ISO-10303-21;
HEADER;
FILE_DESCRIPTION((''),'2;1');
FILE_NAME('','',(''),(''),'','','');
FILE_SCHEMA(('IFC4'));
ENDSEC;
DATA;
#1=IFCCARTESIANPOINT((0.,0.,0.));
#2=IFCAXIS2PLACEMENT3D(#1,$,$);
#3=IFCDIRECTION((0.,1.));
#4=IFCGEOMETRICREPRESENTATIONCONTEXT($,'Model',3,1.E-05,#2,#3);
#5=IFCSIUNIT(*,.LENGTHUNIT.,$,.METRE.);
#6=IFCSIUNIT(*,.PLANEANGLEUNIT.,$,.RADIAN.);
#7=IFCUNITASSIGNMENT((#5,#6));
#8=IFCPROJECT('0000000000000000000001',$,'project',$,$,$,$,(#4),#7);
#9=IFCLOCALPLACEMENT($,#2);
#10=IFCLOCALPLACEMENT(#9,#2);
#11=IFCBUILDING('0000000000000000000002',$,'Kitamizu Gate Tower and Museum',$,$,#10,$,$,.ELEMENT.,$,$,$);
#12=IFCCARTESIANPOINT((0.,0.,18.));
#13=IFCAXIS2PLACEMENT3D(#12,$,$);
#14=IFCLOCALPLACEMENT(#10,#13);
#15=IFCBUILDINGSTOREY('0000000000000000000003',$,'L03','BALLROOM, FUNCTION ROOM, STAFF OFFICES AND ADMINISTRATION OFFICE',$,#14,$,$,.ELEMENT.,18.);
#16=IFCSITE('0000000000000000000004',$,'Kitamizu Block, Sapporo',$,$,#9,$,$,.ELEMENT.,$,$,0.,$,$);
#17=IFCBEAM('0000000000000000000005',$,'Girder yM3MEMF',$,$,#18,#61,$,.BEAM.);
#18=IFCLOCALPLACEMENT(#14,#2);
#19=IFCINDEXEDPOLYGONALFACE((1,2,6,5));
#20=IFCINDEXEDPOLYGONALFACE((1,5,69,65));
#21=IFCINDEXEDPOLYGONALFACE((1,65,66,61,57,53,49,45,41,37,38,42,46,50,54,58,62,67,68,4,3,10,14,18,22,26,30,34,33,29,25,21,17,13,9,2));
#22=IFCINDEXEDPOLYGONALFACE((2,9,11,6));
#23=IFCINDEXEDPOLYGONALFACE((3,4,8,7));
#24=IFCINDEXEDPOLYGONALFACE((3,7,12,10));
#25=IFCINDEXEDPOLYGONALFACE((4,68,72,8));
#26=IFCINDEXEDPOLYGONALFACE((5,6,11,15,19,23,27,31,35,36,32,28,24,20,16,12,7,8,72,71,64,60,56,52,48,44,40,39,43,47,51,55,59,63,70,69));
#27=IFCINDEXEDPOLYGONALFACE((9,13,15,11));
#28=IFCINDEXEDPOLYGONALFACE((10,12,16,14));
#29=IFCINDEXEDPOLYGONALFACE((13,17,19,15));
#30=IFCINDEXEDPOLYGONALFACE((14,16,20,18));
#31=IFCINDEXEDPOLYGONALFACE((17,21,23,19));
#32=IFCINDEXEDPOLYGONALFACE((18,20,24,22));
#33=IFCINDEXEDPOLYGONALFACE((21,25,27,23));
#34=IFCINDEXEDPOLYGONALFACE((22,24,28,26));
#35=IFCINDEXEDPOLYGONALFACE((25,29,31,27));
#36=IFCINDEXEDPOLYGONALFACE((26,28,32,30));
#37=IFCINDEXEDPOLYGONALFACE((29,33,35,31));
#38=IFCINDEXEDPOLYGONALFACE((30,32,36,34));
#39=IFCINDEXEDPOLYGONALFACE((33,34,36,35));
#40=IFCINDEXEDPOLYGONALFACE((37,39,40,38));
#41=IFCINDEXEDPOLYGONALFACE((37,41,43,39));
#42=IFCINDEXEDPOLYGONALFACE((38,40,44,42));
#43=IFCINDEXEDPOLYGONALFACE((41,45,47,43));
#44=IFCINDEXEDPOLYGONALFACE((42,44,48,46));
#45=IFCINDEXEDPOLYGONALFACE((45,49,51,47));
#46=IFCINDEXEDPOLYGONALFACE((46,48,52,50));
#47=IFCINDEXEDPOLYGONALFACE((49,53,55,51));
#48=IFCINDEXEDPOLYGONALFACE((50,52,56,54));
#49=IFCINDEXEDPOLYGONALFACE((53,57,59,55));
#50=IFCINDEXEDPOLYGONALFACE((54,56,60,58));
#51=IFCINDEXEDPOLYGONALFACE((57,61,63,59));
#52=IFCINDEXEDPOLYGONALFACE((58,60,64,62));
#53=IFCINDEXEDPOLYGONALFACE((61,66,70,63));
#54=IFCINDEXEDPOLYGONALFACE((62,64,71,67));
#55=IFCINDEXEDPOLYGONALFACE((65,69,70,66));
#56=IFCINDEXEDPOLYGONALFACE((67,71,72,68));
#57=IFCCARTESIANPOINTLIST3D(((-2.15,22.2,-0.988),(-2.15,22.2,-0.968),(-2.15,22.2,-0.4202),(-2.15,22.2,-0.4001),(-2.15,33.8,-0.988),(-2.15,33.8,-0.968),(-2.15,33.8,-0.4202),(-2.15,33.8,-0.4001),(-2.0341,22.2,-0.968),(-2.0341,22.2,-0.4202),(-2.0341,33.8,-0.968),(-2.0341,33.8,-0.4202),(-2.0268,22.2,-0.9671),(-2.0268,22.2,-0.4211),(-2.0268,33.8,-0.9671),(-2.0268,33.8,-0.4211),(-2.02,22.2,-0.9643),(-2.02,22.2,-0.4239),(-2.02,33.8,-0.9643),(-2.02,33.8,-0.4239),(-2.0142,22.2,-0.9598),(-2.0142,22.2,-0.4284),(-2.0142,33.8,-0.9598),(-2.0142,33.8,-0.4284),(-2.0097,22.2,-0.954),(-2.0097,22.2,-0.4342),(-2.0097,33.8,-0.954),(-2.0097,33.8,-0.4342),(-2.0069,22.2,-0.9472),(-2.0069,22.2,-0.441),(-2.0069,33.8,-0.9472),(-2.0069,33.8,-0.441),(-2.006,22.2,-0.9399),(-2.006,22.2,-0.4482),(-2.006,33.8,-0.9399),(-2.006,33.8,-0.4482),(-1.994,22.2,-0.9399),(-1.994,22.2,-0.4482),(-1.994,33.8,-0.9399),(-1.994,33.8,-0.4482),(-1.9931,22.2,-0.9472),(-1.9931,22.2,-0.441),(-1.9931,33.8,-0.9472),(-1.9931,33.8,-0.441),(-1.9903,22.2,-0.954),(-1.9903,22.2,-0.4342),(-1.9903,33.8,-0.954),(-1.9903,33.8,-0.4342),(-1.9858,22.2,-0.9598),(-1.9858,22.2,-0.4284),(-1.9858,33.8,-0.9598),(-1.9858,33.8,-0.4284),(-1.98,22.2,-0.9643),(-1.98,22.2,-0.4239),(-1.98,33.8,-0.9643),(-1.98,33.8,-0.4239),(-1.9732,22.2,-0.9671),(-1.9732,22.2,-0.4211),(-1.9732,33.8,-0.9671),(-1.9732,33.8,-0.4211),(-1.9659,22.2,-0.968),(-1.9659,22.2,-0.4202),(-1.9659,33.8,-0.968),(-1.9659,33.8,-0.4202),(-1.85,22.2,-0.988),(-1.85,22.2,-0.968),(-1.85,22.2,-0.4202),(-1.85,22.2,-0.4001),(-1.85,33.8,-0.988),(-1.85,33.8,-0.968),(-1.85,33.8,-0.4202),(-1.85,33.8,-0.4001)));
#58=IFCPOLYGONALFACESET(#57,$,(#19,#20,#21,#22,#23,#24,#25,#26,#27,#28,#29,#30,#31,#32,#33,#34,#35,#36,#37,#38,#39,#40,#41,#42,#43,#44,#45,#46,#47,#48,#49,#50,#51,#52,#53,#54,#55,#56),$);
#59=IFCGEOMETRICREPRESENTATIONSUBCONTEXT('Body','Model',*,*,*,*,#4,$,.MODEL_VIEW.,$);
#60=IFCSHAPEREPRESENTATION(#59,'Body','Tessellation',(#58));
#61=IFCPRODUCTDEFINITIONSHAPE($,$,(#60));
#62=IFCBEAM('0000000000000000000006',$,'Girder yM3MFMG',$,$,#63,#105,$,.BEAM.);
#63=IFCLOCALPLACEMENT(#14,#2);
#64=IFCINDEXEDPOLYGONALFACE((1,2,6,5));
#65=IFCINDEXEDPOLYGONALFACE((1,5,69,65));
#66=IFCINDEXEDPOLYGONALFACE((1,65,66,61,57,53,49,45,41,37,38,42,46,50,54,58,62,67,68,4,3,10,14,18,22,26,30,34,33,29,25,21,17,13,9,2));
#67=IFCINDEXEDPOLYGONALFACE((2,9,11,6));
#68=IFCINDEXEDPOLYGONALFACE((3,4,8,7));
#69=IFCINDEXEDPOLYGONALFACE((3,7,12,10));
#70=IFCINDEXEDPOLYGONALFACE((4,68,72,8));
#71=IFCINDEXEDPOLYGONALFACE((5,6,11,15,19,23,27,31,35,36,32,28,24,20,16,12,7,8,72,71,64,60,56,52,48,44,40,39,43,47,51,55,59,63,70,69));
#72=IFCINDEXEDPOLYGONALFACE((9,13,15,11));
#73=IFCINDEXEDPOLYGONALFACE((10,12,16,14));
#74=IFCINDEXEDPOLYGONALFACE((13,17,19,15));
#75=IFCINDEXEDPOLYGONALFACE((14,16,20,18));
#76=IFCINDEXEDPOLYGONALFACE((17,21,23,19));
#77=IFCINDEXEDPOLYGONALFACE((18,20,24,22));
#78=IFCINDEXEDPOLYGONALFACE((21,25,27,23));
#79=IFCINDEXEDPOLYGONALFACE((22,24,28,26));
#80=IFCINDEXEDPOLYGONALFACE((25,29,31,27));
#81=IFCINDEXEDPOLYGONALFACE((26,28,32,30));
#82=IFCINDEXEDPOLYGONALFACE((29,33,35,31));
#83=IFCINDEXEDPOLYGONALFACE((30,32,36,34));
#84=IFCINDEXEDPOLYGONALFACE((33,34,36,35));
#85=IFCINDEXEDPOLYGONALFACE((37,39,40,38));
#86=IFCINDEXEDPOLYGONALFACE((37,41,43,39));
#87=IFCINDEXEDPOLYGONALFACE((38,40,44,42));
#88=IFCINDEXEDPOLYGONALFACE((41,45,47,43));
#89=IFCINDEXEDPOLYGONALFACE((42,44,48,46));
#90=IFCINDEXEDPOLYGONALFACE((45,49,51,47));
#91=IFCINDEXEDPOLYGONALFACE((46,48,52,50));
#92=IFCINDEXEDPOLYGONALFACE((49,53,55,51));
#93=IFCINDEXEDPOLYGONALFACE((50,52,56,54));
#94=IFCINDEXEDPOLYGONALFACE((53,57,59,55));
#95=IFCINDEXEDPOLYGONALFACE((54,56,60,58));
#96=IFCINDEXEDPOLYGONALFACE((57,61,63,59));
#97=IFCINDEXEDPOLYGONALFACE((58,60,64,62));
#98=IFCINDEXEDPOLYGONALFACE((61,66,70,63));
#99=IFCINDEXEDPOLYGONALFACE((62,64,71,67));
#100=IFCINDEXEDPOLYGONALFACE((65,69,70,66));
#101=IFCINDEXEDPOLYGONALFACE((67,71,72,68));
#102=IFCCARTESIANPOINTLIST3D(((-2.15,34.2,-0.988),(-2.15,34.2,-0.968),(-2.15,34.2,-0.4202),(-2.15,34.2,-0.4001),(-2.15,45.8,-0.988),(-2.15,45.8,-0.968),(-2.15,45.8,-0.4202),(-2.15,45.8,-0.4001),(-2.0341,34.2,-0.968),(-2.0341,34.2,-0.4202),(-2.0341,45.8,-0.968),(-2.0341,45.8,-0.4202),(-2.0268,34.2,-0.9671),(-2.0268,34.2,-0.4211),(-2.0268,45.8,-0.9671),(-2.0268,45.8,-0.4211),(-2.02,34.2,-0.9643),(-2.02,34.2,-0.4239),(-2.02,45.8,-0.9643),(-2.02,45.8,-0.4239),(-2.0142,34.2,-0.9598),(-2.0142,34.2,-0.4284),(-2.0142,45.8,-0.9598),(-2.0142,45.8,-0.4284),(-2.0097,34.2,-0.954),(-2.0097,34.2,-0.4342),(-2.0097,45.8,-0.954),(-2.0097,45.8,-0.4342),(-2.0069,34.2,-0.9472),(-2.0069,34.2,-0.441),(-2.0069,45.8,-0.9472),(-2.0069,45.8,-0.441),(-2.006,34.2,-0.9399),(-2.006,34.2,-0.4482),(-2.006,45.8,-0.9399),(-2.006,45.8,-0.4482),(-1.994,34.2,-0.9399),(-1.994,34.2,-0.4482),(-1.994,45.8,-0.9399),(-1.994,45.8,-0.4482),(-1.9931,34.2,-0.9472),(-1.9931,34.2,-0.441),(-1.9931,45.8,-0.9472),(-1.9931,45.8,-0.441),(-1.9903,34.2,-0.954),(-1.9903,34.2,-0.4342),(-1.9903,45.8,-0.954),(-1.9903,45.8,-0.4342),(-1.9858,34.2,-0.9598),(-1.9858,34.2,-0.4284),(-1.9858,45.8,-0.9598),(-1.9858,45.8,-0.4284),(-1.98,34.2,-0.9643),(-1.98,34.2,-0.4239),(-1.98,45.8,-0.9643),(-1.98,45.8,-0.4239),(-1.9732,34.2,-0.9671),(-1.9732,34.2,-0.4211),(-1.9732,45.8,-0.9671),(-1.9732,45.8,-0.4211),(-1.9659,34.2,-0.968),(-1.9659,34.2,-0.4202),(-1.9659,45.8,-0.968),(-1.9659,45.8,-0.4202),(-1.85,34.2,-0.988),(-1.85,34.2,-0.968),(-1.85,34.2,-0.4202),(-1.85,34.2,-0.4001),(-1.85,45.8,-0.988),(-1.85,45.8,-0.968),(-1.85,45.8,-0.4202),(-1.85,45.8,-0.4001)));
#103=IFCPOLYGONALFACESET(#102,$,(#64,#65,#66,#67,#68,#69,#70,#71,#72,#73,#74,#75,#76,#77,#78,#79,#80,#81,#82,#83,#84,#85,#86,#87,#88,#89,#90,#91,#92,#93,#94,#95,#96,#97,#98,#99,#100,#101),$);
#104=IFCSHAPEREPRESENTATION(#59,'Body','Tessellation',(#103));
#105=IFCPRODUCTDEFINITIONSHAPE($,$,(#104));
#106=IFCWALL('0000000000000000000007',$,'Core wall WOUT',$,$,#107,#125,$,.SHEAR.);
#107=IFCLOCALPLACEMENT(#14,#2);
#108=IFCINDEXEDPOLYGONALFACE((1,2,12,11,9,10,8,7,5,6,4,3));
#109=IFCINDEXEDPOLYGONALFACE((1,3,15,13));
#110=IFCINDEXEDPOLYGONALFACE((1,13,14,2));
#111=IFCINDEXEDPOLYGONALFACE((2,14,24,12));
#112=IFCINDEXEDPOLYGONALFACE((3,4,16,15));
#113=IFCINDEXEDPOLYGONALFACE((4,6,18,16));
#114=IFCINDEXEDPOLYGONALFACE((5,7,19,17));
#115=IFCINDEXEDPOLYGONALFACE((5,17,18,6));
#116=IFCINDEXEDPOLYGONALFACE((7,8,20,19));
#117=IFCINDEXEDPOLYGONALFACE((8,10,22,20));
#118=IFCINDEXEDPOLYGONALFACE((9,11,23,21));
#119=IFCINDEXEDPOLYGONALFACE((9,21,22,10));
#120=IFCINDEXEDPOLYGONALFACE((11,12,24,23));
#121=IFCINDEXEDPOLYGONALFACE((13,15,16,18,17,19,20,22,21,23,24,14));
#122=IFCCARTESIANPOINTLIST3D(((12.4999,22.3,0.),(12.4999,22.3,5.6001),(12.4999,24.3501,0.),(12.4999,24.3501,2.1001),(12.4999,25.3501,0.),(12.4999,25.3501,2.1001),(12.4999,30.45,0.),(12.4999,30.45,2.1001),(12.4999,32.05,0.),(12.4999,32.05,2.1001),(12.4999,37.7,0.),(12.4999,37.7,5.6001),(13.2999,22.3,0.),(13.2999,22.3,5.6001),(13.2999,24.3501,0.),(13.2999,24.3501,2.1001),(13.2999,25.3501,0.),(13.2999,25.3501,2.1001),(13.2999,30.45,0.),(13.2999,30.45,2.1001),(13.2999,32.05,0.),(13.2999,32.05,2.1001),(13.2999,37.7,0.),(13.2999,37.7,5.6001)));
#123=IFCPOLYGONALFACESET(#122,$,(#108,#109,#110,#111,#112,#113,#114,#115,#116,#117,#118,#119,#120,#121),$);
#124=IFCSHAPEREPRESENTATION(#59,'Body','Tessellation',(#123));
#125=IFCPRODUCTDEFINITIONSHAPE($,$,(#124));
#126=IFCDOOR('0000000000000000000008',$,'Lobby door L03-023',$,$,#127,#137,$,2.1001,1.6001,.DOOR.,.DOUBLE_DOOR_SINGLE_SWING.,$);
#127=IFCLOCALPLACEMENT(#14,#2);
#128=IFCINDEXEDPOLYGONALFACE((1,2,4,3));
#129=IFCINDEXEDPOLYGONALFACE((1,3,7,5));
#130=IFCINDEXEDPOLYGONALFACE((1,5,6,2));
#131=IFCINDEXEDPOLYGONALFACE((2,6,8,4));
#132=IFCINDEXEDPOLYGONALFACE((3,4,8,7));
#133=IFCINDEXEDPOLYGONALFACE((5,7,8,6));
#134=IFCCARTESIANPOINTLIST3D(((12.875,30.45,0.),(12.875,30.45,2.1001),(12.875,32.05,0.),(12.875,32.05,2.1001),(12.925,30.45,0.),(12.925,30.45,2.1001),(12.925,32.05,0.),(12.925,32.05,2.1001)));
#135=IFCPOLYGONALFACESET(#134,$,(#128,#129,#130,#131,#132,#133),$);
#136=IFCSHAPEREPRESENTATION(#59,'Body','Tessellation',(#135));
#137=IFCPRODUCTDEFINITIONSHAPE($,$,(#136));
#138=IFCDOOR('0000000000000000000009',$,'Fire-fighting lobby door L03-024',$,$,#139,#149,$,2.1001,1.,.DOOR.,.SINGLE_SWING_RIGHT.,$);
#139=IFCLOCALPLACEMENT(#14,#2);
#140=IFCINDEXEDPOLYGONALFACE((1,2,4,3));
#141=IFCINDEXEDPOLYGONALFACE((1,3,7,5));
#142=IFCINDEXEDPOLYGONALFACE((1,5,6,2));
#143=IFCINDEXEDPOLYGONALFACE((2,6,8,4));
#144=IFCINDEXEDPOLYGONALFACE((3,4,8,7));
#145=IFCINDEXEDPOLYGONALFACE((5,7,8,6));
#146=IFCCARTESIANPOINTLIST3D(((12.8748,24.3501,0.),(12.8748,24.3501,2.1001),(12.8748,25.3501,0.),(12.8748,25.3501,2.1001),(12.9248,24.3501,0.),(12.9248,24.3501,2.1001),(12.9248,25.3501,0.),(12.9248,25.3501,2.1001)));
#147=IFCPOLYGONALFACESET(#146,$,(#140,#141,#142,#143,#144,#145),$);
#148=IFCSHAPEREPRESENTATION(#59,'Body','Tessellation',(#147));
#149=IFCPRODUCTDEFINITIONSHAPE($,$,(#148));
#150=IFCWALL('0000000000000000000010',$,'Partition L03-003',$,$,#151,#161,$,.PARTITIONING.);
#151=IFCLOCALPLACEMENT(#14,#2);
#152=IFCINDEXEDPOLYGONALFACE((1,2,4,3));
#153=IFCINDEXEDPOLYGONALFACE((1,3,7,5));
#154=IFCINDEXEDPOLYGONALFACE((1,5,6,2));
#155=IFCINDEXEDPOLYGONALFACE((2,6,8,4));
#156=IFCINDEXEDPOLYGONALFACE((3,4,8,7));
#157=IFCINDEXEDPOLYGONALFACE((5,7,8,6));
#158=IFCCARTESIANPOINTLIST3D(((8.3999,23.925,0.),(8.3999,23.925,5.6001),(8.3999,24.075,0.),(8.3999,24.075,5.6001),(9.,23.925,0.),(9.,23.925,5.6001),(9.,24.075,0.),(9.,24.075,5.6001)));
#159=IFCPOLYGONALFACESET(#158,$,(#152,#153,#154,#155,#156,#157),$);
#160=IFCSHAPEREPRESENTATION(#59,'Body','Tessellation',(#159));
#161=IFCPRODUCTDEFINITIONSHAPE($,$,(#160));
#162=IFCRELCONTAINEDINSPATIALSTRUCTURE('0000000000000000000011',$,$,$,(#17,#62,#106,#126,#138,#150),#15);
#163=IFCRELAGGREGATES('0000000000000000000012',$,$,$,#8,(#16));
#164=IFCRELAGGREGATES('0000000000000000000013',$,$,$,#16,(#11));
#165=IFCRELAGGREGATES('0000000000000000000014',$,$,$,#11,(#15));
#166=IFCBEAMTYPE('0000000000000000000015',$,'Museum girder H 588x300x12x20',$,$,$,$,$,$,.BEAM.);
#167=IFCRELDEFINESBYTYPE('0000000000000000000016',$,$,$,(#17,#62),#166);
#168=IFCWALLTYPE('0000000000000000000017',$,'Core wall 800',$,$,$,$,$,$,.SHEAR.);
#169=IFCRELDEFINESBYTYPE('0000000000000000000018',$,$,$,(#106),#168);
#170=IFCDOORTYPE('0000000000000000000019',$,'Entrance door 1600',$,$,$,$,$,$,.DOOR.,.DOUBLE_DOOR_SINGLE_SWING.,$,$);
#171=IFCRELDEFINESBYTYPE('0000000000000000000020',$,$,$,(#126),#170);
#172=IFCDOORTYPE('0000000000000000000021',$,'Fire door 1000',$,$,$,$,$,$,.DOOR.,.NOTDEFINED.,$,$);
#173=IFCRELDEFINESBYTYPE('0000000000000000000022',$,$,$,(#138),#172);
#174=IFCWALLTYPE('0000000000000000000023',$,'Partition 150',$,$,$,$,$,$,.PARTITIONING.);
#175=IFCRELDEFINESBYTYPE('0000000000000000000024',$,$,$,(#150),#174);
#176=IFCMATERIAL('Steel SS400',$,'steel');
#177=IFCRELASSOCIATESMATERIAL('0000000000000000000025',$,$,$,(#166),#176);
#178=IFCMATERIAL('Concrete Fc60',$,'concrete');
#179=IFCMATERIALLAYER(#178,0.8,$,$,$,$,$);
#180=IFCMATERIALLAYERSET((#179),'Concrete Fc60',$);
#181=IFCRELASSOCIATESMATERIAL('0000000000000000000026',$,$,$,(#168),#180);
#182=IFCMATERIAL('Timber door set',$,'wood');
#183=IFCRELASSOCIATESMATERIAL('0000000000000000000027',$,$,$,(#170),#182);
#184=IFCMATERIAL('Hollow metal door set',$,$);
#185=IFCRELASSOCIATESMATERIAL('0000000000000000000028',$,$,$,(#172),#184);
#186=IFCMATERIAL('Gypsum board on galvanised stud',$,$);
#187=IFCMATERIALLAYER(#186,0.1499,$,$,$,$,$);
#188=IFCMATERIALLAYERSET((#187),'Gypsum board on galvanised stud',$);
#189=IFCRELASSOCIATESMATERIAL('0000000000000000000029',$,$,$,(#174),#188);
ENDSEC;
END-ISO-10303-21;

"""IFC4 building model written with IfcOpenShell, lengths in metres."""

from ifc_helpers import new_model, si_unit, direction, frame, frame_2d, origin, origin_2d, place, context, subcontext, project, spatial, rectangle, i_section, extrude, material, layer, layer_set, material_profile, profile_set, type_object, element, fill, save


model = new_model("IFC4")

# Units and contexts
model_context = context("Model", 3, precision=1e-05, world=origin(), true_north=direction((0.0, 1.0)))
body_context = subcontext(model_context, "Body", "Model", "MODEL_VIEW")
ifc_project = project(units=[si_unit("LENGTHUNIT", "METRE"), si_unit("PLANEANGLEUNIT", "RADIAN")], contexts=[model_context])

# Site, building, storey
site_placement = place(None, origin())
site = spatial("IfcSite", under=ifc_project, at=site_placement, Name="Kitamizu Block, Sapporo", CompositionType="ELEMENT", RefElevation=0.0)
building_placement = place(site_placement, origin())
building = spatial("IfcBuilding", under=site, at=building_placement, Name="Kitamizu Gate Tower and Museum", CompositionType="ELEMENT")
storey_placement = place(building_placement, frame((0.0, 0.0, 18.0)))
storey = spatial("IfcBuildingStorey", under=building, at=storey_placement, Name="L03", Description="BALLROOM, FUNCTION ROOM, STAFF OFFICES AND ADMINISTRATION OFFICE", CompositionType="ELEMENT", Elevation=18.0)

# Beams
ifc_material_1 = material(Name="Steel SS400", Category="steel")
ifc_material_profile_1 = material_profile(ifc_material_1, i_section(OverallWidth=0.3, OverallDepth=0.5879, WebThickness=0.012, FlangeThickness=0.02, FilletRadius=0.0281, at=origin_2d()), Name="H-588x300x12x20")
ifc_profile_set_1 = profile_set([ifc_material_profile_1], Name="Steel SS400")
beam_type_1 = type_object("IfcBeamType", Name="Museum girder H 588x300x12x20", PredefinedType="BEAM", material=ifc_profile_set_1)
for number, where, z_axis, x_axis, name in (
    (1, (-2.0, 22.2, -0.6941), (0.0, 1.0, 0.0), (-1.0, 0.0, 0.0), "Girder yM3MEMF"),
    (2, (-2.0, 34.2, -0.6941), (0.0, 1.0, 0.0), (-1.0, 0.0, 0.0), "Girder yM3MFMG"),
):
    element("IfcBeam", number, at=place(storey_placement, frame(where, z_axis=z_axis, x_axis=x_axis)), inside=storey, type_object=beam_type_1, Name=name, PredefinedType="BEAM", context=body_context, shape_type="SweptSolid", body=[
        extrude(i_section(OverallWidth=0.3, OverallDepth=0.5879, WebThickness=0.012, FlangeThickness=0.02, FilletRadius=0.0281, at=origin_2d()), origin(), (0.0, 0.0, 1.0), 11.6001),
    ])

# Wall, openings, doors
ifc_material_2 = material(Name="Concrete Fc60", Category="concrete")
ifc_layer_1 = layer(ifc_material_2, 0.8)
ifc_layer_set_1 = layer_set([ifc_layer_1], Name="Concrete Fc60")
wall_type_1 = type_object("IfcWallType", Name="Core wall 800", PredefinedType="SHEAR", material=ifc_layer_set_1)
wall_1_placement = place(storey_placement, frame((12.8999, 22.3, 0.0), z_axis=(0.0, 0.0, 1.0), x_axis=(0.0, 1.0, 0.0)))
wall_1 = element("IfcWall", 3, at=wall_1_placement, inside=storey, type_object=wall_type_1, Name="Core wall WOUT", PredefinedType="SHEAR", context=body_context, shape_type="SweptSolid", body=[
    extrude(rectangle(XDim=15.3999, YDim=0.8, at=frame_2d((7.7, 0.0))), origin(), (0.0, 0.0, 1.0), 5.6001),
])
opening_1_placement = place(wall_1_placement, frame((8.1499, 0.0, 0.0)))
opening_1 = element("IfcOpeningElement", 4, at=opening_1_placement, cuts=wall_1, PredefinedType="OPENING", context=body_context, shape_type="SweptSolid", body=[
    extrude(rectangle(XDim=1.6001, YDim=2.1001, at=frame_2d((0.8, 1.05))), frame((0.0, 0.4102, 0.0), z_axis=(0.0, -1.0, 0.0), x_axis=(1.0, 0.0, 0.0)), (0.0, 0.0, 1.0), 0.8201),
])
opening_2_placement = place(wall_1_placement, frame((2.05, 0.0, 0.0)))
opening_2 = element("IfcOpeningElement", 5, at=opening_2_placement, cuts=wall_1, PredefinedType="OPENING", context=body_context, shape_type="SweptSolid", body=[
    extrude(rectangle(XDim=1.0, YDim=2.1001, at=frame_2d((0.5, 1.05))), frame((0.0, 0.4102, 0.0), z_axis=(0.0, -1.0, 0.0), x_axis=(1.0, 0.0, 0.0)), (0.0, 0.0, 1.0), 0.8201),
])
ifc_material_3 = material(Name="Timber door set", Category="wood")
door_type_1 = type_object("IfcDoorType", Name="Entrance door 1600", OperationType="DOUBLE_DOOR_SINGLE_SWING", PredefinedType="DOOR", material=ifc_material_3)
door_1_placement = place(opening_1_placement, origin())
door_1 = element("IfcDoor", 6, at=door_1_placement, inside=storey, type_object=door_type_1, Name="Lobby door L03-023", OperationType="DOUBLE_DOOR_SINGLE_SWING", OverallHeight=2.1001, OverallWidth=1.6001, PredefinedType="DOOR", context=body_context, shape_type="SweptSolid", body=[
    extrude(rectangle(XDim=1.6001, YDim=2.1001, at=frame_2d((0.8, 1.05))), frame((0.0, 0.0249, 0.0), z_axis=(0.0, -1.0, 0.0), x_axis=(1.0, 0.0, 0.0)), (0.0, 0.0, 1.0), 0.05),
])
fill(opening_1, door_1)
ifc_material_4 = material(Name="Hollow metal door set")
door_type_2 = type_object("IfcDoorType", Name="Fire door 1000", OperationType="NOTDEFINED", PredefinedType="DOOR", material=ifc_material_4)
door_2_placement = place(opening_2_placement, frame((1.0, 0.0, 0.0), x_axis=(-1.0, 0.0, 0.0)))
door_2 = element("IfcDoor", 7, at=door_2_placement, inside=storey, type_object=door_type_2, Name="Fire-fighting lobby door L03-024", OperationType="SINGLE_SWING_RIGHT", OverallHeight=2.1001, OverallWidth=1.0, PredefinedType="DOOR", context=body_context, shape_type="SweptSolid", body=[
    extrude(rectangle(XDim=1.0, YDim=2.1001, at=frame_2d((0.5, 1.05))), frame((0.0, 0.0249, 0.0), z_axis=(0.0, -1.0, 0.0), x_axis=(1.0, 0.0, 0.0)), (0.0, 0.0, 1.0), 0.05),
])
fill(opening_2, door_2)

# Wall
ifc_material_5 = material(Name="Gypsum board on galvanised stud")
ifc_layer_2 = layer(ifc_material_5, 0.1499)
ifc_layer_set_2 = layer_set([ifc_layer_2], Name="Gypsum board on galvanised stud")
wall_type_2 = type_object("IfcWallType", Name="Partition 150", PredefinedType="PARTITIONING", material=ifc_layer_set_2)
wall_2_placement = place(storey_placement, frame((8.3999, 24.0, 0.0), z_axis=(0.0, 0.0, 1.0), x_axis=(1.0, 0.0, 0.0)))
element("IfcWall", 8, at=wall_2_placement, inside=storey, type_object=wall_type_2, Name="Partition L03-003", PredefinedType="PARTITIONING", context=body_context, shape_type="SweptSolid", body=[
    extrude(rectangle(XDim=0.6001, YDim=0.1499, at=frame_2d((0.3, 0.0))), origin(), (0.0, 0.0, 1.0), 5.6001),
])

save(model, "model.ifc")
